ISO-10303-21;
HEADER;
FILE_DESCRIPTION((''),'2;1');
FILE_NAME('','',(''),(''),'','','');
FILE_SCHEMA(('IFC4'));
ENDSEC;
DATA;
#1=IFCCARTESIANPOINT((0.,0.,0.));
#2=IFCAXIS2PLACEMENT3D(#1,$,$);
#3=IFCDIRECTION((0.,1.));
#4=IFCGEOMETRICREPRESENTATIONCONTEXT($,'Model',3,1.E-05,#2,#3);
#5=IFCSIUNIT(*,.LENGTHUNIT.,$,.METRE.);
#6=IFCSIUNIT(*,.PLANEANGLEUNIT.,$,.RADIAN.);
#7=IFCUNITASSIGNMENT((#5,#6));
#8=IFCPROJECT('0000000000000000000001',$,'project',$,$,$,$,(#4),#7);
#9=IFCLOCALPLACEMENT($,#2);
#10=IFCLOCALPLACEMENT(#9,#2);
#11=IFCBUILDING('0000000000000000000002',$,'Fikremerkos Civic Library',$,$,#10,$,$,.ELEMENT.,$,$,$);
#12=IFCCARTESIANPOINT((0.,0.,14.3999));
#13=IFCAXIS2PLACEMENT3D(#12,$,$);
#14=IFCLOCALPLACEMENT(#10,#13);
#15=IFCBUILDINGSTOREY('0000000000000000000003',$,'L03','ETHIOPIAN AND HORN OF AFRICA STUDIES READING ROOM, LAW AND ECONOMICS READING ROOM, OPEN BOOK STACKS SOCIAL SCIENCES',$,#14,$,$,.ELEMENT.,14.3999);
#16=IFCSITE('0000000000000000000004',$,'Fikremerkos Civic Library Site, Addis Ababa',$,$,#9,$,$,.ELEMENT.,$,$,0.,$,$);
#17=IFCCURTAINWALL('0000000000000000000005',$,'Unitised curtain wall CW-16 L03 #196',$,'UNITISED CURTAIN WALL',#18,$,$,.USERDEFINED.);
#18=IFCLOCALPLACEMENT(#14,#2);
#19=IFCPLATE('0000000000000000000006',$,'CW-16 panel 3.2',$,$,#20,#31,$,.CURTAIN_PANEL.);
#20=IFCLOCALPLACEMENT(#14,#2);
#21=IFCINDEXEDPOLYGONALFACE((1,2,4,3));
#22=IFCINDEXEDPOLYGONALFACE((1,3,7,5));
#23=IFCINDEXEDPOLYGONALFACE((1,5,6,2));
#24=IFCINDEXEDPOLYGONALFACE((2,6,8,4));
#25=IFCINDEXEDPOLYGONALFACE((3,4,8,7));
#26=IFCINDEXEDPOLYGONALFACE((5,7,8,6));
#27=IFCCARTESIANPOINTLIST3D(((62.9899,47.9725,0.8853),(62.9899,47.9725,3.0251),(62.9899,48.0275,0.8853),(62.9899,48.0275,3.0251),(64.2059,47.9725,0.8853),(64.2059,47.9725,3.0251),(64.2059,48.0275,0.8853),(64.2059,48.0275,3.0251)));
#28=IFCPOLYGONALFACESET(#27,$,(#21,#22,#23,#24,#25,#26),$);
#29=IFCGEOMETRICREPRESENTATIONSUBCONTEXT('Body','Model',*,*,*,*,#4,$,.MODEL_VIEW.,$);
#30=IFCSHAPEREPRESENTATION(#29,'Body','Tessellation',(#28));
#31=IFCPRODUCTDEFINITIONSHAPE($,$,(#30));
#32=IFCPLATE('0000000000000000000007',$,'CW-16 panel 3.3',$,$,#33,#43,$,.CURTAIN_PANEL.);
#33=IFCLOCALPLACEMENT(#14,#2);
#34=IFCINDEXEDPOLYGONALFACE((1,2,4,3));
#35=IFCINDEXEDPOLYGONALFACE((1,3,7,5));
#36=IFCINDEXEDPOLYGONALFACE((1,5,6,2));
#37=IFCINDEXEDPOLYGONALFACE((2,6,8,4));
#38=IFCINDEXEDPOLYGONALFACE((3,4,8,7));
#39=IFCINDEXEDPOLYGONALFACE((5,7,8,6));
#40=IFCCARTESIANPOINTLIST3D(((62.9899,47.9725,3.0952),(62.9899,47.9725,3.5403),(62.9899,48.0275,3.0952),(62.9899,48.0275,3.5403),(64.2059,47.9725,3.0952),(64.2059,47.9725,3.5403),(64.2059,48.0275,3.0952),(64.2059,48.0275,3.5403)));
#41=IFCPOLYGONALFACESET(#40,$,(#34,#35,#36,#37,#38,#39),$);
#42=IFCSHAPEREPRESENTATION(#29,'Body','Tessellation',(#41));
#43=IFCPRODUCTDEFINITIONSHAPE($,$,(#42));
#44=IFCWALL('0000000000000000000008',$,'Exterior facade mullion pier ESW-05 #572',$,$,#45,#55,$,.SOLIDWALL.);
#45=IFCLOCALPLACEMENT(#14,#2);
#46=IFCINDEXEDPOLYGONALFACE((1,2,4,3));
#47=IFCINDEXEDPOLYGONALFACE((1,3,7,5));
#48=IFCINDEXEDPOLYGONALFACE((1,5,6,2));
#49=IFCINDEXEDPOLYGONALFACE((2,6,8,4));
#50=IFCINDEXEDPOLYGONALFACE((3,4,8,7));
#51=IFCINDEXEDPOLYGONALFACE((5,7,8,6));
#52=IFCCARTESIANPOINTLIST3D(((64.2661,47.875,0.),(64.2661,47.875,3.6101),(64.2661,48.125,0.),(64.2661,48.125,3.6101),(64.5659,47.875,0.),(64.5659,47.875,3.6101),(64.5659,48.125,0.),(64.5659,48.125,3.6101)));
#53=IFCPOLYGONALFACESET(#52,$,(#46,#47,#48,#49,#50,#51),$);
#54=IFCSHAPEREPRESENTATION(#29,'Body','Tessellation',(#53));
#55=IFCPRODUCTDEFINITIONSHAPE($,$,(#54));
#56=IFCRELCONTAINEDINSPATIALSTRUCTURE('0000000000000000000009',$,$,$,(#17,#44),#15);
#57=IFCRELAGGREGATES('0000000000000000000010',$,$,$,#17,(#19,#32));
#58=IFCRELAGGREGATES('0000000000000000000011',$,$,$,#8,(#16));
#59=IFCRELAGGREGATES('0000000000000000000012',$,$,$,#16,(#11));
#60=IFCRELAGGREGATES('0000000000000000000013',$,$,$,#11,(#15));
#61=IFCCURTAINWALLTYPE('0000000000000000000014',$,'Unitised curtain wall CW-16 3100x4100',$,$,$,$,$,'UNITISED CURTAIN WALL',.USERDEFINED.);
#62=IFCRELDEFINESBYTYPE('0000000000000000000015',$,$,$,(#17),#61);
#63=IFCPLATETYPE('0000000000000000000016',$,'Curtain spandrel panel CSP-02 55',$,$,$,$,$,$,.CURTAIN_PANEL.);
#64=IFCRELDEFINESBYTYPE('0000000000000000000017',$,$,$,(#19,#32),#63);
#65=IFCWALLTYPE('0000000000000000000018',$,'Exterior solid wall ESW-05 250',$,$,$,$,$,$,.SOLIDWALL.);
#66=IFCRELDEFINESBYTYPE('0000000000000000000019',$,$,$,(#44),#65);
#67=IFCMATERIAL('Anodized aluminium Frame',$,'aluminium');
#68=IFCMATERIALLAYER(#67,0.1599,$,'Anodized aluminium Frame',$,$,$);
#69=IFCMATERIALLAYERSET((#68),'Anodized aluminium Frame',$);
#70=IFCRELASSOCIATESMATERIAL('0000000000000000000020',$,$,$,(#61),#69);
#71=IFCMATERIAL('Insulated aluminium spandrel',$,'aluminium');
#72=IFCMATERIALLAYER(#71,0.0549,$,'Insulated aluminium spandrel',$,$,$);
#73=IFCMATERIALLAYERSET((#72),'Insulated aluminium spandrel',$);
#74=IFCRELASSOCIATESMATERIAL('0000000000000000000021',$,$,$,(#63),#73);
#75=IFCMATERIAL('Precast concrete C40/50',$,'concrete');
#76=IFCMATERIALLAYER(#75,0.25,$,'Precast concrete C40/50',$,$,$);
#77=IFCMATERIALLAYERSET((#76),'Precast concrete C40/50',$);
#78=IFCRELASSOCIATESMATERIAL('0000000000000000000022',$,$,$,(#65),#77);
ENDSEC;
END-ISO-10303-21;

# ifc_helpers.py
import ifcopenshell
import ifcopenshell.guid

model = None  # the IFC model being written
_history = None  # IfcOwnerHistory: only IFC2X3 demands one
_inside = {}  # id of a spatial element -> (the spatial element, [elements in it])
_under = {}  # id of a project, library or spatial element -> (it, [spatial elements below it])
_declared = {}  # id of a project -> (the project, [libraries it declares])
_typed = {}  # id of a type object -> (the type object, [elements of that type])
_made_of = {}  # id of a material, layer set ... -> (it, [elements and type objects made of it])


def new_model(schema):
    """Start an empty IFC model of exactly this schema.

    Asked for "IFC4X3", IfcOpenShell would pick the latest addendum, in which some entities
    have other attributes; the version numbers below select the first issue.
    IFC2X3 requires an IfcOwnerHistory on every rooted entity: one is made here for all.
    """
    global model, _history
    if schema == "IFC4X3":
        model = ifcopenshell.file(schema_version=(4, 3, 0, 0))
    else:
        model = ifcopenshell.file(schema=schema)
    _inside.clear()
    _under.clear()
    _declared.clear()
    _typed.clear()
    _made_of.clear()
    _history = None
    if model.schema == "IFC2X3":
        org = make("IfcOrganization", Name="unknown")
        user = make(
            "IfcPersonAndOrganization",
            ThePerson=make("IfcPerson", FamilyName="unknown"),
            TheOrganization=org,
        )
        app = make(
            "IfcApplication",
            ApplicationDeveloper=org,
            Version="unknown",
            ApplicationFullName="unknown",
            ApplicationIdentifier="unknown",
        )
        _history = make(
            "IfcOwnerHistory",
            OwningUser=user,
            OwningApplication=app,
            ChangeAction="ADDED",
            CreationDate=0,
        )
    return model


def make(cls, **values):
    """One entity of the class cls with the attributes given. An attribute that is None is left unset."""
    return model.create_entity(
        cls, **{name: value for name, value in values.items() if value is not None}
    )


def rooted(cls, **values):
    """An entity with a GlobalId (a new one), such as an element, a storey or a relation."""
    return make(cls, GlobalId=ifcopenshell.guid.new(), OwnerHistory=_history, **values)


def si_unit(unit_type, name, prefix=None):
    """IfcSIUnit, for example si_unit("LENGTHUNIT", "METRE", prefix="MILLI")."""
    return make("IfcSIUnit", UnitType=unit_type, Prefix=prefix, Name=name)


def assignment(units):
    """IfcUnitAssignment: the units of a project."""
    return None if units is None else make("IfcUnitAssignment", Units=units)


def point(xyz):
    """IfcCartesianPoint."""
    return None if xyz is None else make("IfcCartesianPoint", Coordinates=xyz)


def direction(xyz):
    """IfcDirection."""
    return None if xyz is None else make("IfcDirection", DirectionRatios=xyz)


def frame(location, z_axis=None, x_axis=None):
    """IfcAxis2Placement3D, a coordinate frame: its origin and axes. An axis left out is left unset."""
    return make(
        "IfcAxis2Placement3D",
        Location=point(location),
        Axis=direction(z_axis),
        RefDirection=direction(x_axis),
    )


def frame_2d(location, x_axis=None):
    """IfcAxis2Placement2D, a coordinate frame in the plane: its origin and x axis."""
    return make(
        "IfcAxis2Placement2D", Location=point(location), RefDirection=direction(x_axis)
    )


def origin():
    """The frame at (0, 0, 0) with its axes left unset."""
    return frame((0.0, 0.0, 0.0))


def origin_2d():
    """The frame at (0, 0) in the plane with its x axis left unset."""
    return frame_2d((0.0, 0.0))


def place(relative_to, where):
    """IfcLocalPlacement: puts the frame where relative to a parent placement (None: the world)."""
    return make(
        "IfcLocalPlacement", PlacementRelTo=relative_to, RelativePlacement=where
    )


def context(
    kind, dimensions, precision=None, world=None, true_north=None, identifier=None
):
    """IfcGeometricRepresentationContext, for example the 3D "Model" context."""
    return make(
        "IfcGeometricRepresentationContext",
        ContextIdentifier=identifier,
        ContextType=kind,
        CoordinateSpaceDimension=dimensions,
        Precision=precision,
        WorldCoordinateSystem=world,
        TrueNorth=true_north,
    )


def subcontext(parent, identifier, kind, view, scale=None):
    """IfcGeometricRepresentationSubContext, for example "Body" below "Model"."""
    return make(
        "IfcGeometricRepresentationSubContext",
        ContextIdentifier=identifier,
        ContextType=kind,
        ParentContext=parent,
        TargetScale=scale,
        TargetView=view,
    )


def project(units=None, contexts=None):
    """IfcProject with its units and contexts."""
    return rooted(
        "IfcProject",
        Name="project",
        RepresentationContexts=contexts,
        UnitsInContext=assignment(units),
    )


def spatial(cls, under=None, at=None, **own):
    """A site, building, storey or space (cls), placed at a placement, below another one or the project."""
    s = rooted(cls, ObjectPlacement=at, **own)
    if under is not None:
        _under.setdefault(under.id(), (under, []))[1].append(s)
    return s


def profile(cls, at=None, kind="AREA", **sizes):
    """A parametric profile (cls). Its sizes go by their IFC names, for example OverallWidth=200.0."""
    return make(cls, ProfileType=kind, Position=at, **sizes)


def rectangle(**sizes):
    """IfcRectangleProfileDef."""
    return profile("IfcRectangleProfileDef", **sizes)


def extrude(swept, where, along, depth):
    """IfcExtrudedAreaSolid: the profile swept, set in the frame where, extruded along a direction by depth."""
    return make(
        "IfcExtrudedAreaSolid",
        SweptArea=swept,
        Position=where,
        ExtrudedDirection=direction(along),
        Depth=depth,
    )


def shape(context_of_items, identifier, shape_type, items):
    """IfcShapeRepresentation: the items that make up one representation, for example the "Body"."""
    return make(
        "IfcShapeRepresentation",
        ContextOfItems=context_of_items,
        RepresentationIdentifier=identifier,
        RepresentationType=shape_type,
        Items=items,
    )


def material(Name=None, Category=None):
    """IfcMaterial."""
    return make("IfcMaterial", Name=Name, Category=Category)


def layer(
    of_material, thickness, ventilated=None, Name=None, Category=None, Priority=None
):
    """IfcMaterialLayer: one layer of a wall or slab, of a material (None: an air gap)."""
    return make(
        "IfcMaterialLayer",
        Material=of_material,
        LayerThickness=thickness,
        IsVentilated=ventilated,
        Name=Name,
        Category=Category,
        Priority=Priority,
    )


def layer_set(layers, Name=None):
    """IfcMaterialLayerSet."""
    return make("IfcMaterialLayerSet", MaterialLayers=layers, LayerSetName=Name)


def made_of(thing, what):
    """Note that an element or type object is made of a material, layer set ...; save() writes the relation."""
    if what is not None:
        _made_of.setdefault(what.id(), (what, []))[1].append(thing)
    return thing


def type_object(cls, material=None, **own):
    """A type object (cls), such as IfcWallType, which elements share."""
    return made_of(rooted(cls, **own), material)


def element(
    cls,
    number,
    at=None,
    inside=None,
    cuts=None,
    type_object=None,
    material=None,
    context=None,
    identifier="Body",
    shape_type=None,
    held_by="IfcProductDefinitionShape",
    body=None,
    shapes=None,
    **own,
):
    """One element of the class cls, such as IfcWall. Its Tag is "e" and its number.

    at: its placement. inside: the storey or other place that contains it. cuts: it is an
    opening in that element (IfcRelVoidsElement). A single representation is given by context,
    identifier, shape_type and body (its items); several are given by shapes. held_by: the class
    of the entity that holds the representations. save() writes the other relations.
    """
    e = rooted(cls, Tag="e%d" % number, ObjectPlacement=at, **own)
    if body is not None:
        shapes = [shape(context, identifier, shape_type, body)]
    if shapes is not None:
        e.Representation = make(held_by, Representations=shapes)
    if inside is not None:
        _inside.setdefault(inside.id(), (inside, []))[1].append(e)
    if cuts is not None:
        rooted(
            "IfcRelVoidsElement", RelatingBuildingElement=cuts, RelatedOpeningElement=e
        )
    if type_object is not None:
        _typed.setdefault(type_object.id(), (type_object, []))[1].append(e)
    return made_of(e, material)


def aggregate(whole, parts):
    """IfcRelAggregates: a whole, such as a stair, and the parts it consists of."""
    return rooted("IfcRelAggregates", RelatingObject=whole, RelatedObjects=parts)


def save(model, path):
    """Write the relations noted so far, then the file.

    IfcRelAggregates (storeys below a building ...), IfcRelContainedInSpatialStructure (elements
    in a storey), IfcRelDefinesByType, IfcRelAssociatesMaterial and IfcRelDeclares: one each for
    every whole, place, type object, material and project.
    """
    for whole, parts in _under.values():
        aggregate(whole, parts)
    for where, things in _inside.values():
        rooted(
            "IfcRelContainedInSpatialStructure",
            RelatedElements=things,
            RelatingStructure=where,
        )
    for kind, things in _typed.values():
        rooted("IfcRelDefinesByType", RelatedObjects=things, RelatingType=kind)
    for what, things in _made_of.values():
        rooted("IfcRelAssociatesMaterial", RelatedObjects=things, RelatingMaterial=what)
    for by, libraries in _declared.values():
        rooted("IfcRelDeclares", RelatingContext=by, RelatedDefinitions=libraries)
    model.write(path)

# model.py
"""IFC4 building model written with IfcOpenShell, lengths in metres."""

from ifc_helpers import new_model, si_unit, direction, frame, frame_2d, origin, origin_2d, place, context, subcontext, project, spatial, rectangle, extrude, material, layer, layer_set, type_object, element, aggregate, save


model = new_model("IFC4")

# Units and contexts
model_context = context("Model", 3, precision=1e-05, world=origin(), true_north=direction((0.0, 1.0)))
body_context = subcontext(model_context, "Body", "Model", "MODEL_VIEW")
ifc_project = project(units=[si_unit("LENGTHUNIT", "METRE"), si_unit("PLANEANGLEUNIT", "RADIAN")], contexts=[model_context])

# Site, building, storey
site_placement = place(None, origin())
site = spatial("IfcSite", under=ifc_project, at=site_placement, Name="Fikremerkos Civic Library Site, Addis Ababa", CompositionType="ELEMENT", RefElevation=0.0)
building_placement = place(site_placement, origin())
building = spatial("IfcBuilding", under=site, at=building_placement, Name="Fikremerkos Civic Library", CompositionType="ELEMENT")
storey_placement = place(building_placement, frame((0.0, 0.0, 14.3999)))
storey = spatial("IfcBuildingStorey", under=building, at=storey_placement, Name="L03", Description="ETHIOPIAN AND HORN OF AFRICA STUDIES READING ROOM, LAW AND ECONOMICS READING ROOM, OPEN BOOK STACKS SOCIAL SCIENCES", CompositionType="ELEMENT", Elevation=14.3999)

# Curtain wall
ifc_material_1 = material(Name="Anodized aluminium Frame", Category="aluminium")
ifc_layer_1 = layer(ifc_material_1, 0.1599, Name="Anodized aluminium Frame")
ifc_layer_set_1 = layer_set([ifc_layer_1], Name="Anodized aluminium Frame")
curtain_wall_type_1 = type_object("IfcCurtainWallType", Name="Unitised curtain wall CW-16 3100x4100", ElementType="UNITISED CURTAIN WALL", PredefinedType="USERDEFINED", material=ifc_layer_set_1)
curtain_wall_1_placement = place(storey_placement, origin())
curtain_wall_1 = element("IfcCurtainWall", 1, at=curtain_wall_1_placement, inside=storey, type_object=curtain_wall_type_1, Name="Unitised curtain wall CW-16 L03 #196", ObjectType="UNITISED CURTAIN WALL", PredefinedType="USERDEFINED")

# Plates
ifc_material_2 = material(Name="Insulated aluminium spandrel", Category="aluminium")
ifc_layer_2 = layer(ifc_material_2, 0.0549, Name="Insulated aluminium spandrel")
ifc_layer_set_2 = layer_set([ifc_layer_2], Name="Insulated aluminium spandrel")
plate_type_1 = type_object("IfcPlateType", Name="Curtain spandrel panel CSP-02 55", PredefinedType="CURTAIN_PANEL", material=ifc_layer_set_2)
plate_1_placement = place(storey_placement, frame((63.5979, 48.0, 0.8853), z_axis=(0.0, 0.0, 1.0), x_axis=(1.0, 0.0, 0.0)))
plate_1 = element("IfcPlate", 2, at=plate_1_placement, type_object=plate_type_1, Name="CW-16 panel 3.2", PredefinedType="CURTAIN_PANEL", context=body_context, shape_type="SweptSolid", body=[
    extrude(rectangle(XDim=1.2161, YDim=0.0549, at=origin_2d()), origin(), (0.0, 0.0, 1.0), 2.1399),
])
plate_2_placement = place(storey_placement, frame((63.5979, 48.0, 3.0952), z_axis=(0.0, 0.0, 1.0), x_axis=(1.0, 0.0, 0.0)))
plate_2 = element("IfcPlate", 3, at=plate_2_placement, type_object=plate_type_1, Name="CW-16 panel 3.3", PredefinedType="CURTAIN_PANEL", context=body_context, shape_type="SweptSolid", body=[
    extrude(rectangle(XDim=1.2161, YDim=0.0549, at=origin_2d()), origin(), (0.0, 0.0, 1.0), 0.4451),
])
aggregate(curtain_wall_1, [plate_1, plate_2])

# Wall
ifc_material_3 = material(Name="Precast concrete C40/50", Category="concrete")
ifc_layer_3 = layer(ifc_material_3, 0.25, Name="Precast concrete C40/50")
ifc_layer_set_3 = layer_set([ifc_layer_3], Name="Precast concrete C40/50")
wall_type = type_object("IfcWallType", Name="Exterior solid wall ESW-05 250", PredefinedType="SOLIDWALL", material=ifc_layer_set_3)
wall_placement = place(storey_placement, frame((64.2661, 48.0, 0.0), z_axis=(0.0, 0.0, 1.0), x_axis=(1.0, 0.0, 0.0)))
element("IfcWall", 4, at=wall_placement, inside=storey, type_object=wall_type, Name="Exterior facade mullion pier ESW-05 #572", PredefinedType="SOLIDWALL", context=body_context, shape_type="SweptSolid", body=[
    extrude(rectangle(XDim=0.2998, YDim=0.25, at=frame_2d((0.1499, 0.0))), origin(), (0.0, 0.0, 1.0), 3.6101),
])

save(model, "model.ifc")
